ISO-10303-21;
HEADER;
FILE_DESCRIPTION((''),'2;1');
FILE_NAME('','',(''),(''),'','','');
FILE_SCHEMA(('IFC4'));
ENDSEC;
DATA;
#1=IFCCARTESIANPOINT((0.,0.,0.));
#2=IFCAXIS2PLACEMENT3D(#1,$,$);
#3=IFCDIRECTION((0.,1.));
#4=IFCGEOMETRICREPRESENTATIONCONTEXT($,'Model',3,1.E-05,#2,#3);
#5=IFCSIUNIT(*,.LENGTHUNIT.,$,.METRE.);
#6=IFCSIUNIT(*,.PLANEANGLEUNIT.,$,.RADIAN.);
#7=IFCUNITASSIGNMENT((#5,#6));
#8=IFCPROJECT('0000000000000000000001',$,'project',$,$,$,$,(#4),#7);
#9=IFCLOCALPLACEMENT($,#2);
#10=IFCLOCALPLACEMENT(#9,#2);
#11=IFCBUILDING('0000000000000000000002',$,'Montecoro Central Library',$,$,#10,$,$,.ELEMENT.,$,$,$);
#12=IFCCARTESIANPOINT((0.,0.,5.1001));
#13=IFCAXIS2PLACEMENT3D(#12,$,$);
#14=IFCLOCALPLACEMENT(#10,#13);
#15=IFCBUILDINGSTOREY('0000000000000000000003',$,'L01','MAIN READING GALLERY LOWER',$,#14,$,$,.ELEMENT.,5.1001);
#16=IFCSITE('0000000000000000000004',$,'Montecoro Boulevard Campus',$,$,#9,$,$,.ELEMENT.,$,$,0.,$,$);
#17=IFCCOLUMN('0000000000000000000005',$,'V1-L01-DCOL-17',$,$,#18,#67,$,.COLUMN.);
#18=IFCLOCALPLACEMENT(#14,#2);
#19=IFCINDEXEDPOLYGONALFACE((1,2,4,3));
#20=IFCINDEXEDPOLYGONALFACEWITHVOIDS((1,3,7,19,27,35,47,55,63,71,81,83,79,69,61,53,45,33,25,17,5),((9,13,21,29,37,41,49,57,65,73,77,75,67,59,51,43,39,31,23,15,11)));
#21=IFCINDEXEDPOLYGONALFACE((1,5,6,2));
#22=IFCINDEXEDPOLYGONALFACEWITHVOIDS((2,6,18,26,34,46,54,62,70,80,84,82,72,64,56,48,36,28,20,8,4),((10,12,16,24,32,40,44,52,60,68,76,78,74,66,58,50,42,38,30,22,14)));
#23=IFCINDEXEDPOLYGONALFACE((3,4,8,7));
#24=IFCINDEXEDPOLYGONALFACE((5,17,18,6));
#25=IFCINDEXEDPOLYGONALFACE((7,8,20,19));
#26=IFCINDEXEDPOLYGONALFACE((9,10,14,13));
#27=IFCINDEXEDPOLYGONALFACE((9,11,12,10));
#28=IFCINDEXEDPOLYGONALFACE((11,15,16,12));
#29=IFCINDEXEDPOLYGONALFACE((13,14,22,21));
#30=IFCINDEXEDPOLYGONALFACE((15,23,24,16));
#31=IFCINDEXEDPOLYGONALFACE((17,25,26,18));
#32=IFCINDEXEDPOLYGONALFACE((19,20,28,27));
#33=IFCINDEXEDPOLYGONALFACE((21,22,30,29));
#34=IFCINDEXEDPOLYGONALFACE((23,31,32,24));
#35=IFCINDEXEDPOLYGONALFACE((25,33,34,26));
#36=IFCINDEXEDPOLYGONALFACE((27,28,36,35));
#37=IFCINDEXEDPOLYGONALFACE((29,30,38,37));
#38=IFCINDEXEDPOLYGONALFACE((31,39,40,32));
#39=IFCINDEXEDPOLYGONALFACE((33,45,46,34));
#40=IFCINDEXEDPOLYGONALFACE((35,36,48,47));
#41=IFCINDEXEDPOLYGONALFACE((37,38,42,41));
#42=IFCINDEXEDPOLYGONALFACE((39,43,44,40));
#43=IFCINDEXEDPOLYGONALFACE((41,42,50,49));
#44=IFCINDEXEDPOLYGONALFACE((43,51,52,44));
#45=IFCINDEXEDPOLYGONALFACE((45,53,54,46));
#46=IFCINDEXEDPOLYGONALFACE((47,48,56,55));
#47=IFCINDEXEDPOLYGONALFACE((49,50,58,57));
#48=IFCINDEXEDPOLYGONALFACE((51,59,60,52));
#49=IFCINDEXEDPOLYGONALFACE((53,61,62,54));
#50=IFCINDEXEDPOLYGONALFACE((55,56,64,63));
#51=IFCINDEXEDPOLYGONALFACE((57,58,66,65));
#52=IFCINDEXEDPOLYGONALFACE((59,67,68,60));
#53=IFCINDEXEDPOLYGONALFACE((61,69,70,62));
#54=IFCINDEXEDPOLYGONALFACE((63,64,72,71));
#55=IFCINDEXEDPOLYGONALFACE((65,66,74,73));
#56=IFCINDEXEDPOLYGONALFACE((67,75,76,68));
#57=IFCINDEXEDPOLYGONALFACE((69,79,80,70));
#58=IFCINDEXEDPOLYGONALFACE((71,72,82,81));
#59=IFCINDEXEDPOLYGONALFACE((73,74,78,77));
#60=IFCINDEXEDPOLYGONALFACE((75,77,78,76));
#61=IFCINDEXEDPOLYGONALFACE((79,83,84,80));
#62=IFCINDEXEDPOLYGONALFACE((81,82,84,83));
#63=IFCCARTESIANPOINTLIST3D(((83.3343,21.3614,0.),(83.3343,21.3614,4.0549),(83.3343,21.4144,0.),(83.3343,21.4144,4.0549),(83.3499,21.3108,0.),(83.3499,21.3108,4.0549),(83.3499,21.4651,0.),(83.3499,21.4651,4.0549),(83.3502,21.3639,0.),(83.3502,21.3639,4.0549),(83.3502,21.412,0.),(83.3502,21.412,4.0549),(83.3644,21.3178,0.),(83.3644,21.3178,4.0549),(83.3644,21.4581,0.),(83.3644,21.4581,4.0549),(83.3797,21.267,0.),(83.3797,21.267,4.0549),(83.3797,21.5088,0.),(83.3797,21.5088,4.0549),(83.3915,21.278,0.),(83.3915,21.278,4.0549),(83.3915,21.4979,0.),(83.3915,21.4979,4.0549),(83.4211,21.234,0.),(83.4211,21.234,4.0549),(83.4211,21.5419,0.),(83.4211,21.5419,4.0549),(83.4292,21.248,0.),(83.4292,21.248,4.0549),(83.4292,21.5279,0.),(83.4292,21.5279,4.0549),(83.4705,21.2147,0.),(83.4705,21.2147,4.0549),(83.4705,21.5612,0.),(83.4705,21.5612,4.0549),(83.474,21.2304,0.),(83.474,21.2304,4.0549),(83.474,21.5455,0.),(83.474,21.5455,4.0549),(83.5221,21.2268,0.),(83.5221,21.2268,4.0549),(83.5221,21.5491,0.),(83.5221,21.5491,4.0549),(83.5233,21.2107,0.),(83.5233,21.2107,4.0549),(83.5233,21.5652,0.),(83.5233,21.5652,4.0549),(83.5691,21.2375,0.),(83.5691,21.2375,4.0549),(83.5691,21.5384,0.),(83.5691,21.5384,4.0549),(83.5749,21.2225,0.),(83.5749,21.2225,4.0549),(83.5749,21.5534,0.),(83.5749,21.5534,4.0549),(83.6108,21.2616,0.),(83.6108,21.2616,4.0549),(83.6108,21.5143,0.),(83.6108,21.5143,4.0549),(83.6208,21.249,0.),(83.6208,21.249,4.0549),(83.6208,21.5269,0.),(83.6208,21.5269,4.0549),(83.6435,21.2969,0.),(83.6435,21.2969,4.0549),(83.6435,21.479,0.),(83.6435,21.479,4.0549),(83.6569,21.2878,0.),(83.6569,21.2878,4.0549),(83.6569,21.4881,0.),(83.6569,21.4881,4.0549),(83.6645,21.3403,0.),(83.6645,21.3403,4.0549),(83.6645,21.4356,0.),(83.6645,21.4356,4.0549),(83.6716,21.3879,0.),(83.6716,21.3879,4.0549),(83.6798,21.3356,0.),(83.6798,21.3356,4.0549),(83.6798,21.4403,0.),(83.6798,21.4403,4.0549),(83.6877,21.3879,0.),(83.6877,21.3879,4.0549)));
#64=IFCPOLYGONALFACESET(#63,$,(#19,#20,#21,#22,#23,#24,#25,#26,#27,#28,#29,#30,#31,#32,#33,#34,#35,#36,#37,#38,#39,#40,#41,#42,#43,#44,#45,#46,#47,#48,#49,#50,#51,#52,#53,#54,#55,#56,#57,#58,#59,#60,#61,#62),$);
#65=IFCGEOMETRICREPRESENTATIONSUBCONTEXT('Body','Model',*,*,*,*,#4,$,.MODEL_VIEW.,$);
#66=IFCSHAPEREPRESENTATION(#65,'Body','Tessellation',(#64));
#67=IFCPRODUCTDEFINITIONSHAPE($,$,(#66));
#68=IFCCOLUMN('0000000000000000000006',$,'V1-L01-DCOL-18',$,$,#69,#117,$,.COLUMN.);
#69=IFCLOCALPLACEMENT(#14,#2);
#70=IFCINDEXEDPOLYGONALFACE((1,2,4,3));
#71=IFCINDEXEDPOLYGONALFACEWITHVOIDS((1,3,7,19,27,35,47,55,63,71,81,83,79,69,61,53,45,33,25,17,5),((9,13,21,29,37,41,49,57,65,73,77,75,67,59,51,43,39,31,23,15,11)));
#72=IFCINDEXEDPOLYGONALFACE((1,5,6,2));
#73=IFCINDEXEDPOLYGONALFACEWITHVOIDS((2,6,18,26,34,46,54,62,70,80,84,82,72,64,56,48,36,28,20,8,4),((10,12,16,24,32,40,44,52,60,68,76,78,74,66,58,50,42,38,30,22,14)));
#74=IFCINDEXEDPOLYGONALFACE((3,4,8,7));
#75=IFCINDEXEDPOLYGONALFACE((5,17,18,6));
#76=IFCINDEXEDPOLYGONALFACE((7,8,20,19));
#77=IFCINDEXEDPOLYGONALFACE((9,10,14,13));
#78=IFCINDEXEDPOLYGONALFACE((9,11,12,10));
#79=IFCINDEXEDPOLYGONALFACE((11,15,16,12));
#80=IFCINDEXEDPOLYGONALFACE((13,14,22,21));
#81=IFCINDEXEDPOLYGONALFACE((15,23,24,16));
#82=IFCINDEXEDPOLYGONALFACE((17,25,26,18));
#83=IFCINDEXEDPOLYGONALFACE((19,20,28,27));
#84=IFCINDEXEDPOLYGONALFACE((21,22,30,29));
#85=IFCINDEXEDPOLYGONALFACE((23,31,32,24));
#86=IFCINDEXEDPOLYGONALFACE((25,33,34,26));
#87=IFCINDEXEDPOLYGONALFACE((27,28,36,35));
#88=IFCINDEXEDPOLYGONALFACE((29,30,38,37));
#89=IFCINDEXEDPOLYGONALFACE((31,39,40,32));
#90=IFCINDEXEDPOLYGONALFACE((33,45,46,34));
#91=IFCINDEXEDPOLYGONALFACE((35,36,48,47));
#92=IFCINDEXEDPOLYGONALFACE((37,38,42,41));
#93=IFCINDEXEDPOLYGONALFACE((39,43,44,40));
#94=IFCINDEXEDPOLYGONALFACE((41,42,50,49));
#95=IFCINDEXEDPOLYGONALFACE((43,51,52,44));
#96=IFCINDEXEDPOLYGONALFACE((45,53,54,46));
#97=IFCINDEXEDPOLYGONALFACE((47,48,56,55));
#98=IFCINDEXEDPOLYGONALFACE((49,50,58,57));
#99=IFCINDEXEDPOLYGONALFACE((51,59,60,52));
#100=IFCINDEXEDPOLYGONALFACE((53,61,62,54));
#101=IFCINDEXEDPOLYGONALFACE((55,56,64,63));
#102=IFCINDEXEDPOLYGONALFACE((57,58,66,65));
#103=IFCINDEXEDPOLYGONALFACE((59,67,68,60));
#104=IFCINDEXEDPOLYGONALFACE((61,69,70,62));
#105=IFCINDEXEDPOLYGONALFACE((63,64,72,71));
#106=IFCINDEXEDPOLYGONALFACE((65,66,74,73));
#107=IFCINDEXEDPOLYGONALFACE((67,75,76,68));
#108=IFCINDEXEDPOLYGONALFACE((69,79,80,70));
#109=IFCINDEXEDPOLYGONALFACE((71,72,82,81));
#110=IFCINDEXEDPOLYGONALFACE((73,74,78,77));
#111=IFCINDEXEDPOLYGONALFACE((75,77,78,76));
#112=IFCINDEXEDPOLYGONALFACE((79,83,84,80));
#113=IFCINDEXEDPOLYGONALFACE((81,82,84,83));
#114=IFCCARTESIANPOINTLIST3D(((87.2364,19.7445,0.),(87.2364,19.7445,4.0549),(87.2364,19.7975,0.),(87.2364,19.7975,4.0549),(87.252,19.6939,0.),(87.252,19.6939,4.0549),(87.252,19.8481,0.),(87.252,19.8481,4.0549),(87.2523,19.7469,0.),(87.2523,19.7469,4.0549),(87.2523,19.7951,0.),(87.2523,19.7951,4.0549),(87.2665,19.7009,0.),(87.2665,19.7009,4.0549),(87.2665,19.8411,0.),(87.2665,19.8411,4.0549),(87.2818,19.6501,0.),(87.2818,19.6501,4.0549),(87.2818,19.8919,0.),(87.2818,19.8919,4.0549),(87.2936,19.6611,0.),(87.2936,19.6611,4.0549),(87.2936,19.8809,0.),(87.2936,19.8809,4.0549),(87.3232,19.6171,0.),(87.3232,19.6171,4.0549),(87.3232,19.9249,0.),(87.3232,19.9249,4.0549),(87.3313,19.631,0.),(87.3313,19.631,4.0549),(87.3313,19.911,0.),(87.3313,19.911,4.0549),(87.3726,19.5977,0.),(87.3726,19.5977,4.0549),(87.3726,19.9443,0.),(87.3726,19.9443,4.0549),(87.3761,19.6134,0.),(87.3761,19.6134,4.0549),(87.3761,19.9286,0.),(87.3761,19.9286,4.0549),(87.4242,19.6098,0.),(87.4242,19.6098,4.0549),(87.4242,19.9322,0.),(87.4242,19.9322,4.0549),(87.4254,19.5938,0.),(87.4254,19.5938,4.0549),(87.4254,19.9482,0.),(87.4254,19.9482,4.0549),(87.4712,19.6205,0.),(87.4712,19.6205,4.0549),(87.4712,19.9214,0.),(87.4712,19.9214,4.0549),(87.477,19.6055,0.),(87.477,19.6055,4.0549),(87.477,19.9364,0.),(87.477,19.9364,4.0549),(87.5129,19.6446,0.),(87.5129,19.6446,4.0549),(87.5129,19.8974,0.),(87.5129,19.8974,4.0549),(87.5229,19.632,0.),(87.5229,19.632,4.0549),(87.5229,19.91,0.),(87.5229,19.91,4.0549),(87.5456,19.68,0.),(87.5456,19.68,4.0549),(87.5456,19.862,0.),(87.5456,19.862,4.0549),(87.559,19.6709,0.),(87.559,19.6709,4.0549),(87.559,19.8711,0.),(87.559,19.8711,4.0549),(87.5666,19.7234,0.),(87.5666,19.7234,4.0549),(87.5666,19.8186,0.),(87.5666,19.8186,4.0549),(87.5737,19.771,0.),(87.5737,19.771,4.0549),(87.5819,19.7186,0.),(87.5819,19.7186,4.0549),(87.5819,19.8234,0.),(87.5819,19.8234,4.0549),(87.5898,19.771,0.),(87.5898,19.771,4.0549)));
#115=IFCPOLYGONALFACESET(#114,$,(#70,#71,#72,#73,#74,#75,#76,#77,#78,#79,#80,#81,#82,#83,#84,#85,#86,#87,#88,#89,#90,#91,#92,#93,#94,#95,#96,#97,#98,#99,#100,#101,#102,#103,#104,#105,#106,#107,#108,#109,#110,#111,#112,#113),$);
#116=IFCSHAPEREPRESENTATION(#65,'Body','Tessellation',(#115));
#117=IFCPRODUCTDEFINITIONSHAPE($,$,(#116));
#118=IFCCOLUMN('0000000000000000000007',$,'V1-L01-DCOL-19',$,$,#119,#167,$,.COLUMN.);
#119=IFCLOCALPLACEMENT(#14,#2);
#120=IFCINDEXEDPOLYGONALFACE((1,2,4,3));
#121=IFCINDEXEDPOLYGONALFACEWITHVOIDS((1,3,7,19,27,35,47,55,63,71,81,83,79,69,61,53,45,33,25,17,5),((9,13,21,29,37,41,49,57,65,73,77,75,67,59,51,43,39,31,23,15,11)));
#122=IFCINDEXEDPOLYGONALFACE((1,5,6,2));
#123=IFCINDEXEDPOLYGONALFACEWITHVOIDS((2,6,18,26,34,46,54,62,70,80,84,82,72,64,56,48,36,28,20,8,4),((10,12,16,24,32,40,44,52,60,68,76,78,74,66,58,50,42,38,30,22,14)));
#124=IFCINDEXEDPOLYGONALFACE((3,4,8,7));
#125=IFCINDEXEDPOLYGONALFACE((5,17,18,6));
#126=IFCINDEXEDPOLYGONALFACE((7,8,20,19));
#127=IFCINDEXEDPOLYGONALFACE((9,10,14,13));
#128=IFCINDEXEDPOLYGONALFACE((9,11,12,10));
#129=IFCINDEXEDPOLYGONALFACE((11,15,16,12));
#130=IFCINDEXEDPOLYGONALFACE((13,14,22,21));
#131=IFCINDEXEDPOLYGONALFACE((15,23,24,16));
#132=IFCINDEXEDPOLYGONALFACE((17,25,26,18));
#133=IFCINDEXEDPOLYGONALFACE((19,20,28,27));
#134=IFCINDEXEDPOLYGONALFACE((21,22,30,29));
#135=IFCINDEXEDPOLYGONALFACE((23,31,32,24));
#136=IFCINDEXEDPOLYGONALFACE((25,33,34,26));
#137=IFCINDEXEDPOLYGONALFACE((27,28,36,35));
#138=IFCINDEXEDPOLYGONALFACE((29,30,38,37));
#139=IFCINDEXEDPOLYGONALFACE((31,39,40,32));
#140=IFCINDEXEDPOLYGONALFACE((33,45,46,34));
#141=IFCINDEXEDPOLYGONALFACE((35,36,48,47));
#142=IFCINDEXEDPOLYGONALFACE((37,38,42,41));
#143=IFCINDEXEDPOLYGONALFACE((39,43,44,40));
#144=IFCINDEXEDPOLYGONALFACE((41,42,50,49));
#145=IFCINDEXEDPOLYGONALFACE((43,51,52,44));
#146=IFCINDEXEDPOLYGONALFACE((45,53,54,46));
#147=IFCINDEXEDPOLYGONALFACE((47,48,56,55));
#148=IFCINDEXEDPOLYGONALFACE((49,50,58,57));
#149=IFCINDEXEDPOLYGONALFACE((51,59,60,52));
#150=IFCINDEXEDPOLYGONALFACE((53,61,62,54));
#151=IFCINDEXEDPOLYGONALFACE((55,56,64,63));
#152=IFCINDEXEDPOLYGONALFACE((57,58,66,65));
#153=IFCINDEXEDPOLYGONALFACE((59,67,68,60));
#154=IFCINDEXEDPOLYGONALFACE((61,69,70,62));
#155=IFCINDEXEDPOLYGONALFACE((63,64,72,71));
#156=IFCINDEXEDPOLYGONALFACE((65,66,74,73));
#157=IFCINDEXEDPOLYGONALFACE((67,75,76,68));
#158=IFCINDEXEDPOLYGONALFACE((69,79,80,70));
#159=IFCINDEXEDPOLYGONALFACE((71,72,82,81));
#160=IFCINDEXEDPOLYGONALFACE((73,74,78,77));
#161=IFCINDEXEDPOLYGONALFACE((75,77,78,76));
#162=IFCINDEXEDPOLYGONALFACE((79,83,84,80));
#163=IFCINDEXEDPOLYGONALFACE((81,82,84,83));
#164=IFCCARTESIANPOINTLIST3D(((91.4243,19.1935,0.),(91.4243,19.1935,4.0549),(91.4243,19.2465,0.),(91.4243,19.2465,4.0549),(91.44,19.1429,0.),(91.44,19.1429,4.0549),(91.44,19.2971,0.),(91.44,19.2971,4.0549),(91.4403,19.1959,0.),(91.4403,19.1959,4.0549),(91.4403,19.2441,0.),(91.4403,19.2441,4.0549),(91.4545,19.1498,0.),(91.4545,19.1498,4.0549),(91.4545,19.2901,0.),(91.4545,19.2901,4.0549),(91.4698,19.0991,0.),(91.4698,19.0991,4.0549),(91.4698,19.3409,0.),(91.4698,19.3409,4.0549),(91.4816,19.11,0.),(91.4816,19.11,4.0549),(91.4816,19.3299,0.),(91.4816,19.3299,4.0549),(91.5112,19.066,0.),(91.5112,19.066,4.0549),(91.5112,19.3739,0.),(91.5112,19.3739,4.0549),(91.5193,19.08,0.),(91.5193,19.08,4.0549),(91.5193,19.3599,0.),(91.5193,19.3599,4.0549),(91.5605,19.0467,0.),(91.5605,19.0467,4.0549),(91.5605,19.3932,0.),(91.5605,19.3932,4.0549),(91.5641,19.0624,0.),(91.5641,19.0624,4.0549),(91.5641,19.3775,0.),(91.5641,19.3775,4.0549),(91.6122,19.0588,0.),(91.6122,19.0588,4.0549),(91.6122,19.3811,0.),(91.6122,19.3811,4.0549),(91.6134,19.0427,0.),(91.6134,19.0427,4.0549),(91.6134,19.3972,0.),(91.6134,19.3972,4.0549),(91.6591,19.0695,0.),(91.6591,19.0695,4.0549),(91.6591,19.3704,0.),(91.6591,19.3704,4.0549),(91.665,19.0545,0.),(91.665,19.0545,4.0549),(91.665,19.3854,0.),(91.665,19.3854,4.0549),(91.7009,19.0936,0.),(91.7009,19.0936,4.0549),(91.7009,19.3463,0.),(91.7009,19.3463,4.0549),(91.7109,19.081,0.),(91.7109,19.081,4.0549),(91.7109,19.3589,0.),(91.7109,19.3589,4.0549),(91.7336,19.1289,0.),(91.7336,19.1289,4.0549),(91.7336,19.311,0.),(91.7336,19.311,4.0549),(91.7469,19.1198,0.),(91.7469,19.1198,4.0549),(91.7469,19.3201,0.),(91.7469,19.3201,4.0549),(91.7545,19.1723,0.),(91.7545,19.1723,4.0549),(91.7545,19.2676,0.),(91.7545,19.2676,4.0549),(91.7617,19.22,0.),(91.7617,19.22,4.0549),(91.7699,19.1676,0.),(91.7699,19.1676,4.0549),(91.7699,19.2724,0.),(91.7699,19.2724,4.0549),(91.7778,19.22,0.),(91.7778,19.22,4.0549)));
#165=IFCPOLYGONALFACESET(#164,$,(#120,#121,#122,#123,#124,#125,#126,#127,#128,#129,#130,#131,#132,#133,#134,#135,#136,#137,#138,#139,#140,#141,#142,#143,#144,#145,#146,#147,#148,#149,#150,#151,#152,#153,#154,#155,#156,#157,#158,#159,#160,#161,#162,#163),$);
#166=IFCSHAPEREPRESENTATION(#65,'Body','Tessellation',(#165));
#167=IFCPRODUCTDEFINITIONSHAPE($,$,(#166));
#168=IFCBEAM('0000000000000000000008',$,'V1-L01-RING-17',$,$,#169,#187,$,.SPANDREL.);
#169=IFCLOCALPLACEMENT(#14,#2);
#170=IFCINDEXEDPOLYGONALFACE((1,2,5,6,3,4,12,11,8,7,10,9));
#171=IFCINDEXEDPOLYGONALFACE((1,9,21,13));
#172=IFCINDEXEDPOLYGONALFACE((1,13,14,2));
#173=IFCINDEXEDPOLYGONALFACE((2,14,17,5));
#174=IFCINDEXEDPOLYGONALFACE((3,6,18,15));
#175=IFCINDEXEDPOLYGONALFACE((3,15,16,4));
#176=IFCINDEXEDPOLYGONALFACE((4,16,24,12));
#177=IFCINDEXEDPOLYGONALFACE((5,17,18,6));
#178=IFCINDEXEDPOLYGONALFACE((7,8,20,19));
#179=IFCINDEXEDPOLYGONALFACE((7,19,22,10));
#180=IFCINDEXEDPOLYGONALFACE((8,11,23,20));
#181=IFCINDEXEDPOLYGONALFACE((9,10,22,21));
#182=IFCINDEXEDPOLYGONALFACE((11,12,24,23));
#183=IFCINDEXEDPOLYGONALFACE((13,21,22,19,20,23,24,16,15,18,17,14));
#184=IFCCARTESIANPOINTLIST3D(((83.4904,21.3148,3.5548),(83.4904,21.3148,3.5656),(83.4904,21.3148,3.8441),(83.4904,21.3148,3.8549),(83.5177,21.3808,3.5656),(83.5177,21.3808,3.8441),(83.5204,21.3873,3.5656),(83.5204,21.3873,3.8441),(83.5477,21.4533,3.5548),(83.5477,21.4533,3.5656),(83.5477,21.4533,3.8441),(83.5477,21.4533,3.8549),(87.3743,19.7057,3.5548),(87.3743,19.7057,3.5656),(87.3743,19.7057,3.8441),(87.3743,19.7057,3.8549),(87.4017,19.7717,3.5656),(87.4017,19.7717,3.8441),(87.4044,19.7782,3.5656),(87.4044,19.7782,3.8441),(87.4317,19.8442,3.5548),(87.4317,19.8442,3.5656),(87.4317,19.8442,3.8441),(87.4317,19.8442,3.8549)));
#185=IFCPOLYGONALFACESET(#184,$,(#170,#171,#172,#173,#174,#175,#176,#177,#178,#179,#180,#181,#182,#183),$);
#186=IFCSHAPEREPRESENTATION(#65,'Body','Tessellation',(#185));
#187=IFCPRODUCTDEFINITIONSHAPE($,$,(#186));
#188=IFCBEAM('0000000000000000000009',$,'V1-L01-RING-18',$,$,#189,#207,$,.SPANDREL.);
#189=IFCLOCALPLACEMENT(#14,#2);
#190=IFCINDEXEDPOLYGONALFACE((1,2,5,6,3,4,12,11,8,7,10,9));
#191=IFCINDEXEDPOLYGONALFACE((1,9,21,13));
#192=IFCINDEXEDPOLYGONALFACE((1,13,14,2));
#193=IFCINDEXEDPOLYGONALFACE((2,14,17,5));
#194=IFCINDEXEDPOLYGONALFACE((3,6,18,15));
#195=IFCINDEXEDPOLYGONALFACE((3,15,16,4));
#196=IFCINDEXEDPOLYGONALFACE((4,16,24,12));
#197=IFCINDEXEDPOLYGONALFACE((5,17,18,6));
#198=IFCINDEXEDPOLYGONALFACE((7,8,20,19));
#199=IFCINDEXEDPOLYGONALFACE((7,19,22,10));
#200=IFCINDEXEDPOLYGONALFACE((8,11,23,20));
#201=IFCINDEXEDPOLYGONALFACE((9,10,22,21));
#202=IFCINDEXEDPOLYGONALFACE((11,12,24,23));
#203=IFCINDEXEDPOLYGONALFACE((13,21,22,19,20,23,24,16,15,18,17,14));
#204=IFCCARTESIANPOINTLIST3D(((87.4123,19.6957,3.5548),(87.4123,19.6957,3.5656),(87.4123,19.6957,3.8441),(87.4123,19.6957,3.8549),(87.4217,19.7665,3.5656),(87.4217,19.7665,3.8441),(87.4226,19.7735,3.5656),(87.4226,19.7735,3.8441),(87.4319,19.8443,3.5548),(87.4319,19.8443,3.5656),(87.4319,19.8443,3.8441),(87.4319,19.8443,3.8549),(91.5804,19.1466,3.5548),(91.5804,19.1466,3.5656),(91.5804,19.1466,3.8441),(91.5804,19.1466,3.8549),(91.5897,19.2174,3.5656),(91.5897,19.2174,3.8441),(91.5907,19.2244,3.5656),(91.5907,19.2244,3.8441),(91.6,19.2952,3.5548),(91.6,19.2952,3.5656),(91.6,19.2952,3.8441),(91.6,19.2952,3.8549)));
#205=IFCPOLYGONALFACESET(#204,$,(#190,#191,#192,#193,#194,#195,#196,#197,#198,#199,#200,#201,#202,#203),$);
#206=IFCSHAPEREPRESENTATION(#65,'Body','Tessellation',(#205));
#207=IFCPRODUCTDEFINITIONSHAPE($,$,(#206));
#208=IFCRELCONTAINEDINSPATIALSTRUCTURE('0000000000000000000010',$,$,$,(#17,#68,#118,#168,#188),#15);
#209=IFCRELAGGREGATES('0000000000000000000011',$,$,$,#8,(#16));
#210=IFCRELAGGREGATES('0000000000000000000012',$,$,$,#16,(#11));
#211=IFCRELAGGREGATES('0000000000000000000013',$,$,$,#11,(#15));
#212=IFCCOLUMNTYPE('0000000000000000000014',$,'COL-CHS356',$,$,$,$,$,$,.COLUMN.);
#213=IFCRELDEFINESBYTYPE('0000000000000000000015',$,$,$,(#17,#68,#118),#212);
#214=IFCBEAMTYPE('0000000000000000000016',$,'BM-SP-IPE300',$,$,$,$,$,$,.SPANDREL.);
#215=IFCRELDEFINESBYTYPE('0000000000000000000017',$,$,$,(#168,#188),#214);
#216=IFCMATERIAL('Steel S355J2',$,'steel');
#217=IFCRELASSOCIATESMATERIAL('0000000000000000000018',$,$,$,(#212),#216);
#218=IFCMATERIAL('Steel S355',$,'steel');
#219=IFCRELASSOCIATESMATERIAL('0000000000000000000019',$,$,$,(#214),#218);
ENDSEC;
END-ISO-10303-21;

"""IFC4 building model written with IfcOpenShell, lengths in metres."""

from ifc_helpers import new_model, si_unit, direction, frame, origin, origin_2d, place, context, subcontext, project, spatial, hollow_circle, i_section, extrude, material, material_profile, profile_set, type_object, element, save


model = new_model("IFC4")

# Units and contexts
model_context = context("Model", 3, precision=1e-05, world=origin(), true_north=direction((0.0, 1.0)))
body_context = subcontext(model_context, "Body", "Model", "MODEL_VIEW")
ifc_project = project(units=[si_unit("LENGTHUNIT", "METRE"), si_unit("PLANEANGLEUNIT", "RADIAN")], contexts=[model_context])

# Site, building, storey
site_placement = place(None, origin())
site = spatial("IfcSite", under=ifc_project, at=site_placement, Name="Montecoro Boulevard Campus", CompositionType="ELEMENT", RefElevation=0.0)
building_placement = place(site_placement, origin())
building = spatial("IfcBuilding", under=site, at=building_placement, Name="Montecoro Central Library", CompositionType="ELEMENT")
storey_placement = place(building_placement, frame((0.0, 0.0, 5.1001)))
storey = spatial("IfcBuildingStorey", under=building, at=storey_placement, Name="L01", Description="MAIN READING GALLERY LOWER", CompositionType="ELEMENT", Elevation=5.1001)

# Columns
ifc_material_1 = material(Name="Steel S355J2", Category="steel")
ifc_material_profile_1 = material_profile(ifc_material_1, hollow_circle(Radius=0.1777, WallThickness=0.0161, at=origin_2d()), Name="CHS 355.6x16.0")
ifc_profile_set_1 = profile_set([ifc_material_profile_1], Name="Steel S355J2")
column_type = type_object("IfcColumnType", Name="COL-CHS356", PredefinedType="COLUMN", material=ifc_profile_set_1)
for number, where, z_axis, x_axis, name in (
    (1, (83.51, 21.3879, 0.0), (0.0, 0.0, 1.0), (1.0, 0.0, 0.0), "V1-L01-DCOL-17"),
    (2, (87.4121, 19.771, 0.0), (0.0, 0.0, 1.0), (1.0, 0.0, 0.0), "V1-L01-DCOL-18"),
    (3, (91.6001, 19.22, 0.0), (0.0, 0.0, 1.0), (1.0, 0.0, 0.0), "V1-L01-DCOL-19"),
):
    element("IfcColumn", number, at=place(storey_placement, frame(where, z_axis=z_axis, x_axis=x_axis)), inside=storey, type_object=column_type, Name=name, PredefinedType="COLUMN", context=body_context, shape_type="SweptSolid", body=[
        extrude(hollow_circle(Radius=0.1777, WallThickness=0.0161, at=origin_2d()), origin(), (0.0, 0.0, 1.0), 4.0549),
    ])

# Beams
ifc_material_2 = material(Name="Steel S355", Category="steel")
ifc_material_profile_2 = material_profile(ifc_material_2, i_section(OverallWidth=0.1499, OverallDepth=0.3, WebThickness=0.0071, FlangeThickness=0.0107, at=origin_2d()), Name="IPE 300")
ifc_profile_set_2 = profile_set([ifc_material_profile_2], Name="Steel S355")
beam_type = type_object("IfcBeamType", Name="BM-SP-IPE300", PredefinedType="SPANDREL", material=ifc_profile_set_2)
for number, where, z_axis, x_axis, name in (
    (4, (83.519, 21.384, 3.7048), (0.923853, -0.382747, 0.0), (0.382747, 0.923853, 0.0), "V1-L01-RING-17"),
    (5, (87.4221, 19.77, 3.7048), (0.991434, -0.130608, 0.0), (0.130608, 0.991434, 0.0), "V1-L01-RING-18"),
):
    element("IfcBeam", number, at=place(storey_placement, frame(where, z_axis=z_axis, x_axis=x_axis)), inside=storey, type_object=beam_type, Name=name, PredefinedType="SPANDREL", context=body_context, shape_type="SweptSolid", body=[
        extrude(i_section(OverallWidth=0.1499, OverallDepth=0.3, WebThickness=0.0071, FlangeThickness=0.0107, at=origin_2d()), origin(), (0.0, 0.0, 1.0), 4.2041),
    ])

save(model, "model.ifc")
